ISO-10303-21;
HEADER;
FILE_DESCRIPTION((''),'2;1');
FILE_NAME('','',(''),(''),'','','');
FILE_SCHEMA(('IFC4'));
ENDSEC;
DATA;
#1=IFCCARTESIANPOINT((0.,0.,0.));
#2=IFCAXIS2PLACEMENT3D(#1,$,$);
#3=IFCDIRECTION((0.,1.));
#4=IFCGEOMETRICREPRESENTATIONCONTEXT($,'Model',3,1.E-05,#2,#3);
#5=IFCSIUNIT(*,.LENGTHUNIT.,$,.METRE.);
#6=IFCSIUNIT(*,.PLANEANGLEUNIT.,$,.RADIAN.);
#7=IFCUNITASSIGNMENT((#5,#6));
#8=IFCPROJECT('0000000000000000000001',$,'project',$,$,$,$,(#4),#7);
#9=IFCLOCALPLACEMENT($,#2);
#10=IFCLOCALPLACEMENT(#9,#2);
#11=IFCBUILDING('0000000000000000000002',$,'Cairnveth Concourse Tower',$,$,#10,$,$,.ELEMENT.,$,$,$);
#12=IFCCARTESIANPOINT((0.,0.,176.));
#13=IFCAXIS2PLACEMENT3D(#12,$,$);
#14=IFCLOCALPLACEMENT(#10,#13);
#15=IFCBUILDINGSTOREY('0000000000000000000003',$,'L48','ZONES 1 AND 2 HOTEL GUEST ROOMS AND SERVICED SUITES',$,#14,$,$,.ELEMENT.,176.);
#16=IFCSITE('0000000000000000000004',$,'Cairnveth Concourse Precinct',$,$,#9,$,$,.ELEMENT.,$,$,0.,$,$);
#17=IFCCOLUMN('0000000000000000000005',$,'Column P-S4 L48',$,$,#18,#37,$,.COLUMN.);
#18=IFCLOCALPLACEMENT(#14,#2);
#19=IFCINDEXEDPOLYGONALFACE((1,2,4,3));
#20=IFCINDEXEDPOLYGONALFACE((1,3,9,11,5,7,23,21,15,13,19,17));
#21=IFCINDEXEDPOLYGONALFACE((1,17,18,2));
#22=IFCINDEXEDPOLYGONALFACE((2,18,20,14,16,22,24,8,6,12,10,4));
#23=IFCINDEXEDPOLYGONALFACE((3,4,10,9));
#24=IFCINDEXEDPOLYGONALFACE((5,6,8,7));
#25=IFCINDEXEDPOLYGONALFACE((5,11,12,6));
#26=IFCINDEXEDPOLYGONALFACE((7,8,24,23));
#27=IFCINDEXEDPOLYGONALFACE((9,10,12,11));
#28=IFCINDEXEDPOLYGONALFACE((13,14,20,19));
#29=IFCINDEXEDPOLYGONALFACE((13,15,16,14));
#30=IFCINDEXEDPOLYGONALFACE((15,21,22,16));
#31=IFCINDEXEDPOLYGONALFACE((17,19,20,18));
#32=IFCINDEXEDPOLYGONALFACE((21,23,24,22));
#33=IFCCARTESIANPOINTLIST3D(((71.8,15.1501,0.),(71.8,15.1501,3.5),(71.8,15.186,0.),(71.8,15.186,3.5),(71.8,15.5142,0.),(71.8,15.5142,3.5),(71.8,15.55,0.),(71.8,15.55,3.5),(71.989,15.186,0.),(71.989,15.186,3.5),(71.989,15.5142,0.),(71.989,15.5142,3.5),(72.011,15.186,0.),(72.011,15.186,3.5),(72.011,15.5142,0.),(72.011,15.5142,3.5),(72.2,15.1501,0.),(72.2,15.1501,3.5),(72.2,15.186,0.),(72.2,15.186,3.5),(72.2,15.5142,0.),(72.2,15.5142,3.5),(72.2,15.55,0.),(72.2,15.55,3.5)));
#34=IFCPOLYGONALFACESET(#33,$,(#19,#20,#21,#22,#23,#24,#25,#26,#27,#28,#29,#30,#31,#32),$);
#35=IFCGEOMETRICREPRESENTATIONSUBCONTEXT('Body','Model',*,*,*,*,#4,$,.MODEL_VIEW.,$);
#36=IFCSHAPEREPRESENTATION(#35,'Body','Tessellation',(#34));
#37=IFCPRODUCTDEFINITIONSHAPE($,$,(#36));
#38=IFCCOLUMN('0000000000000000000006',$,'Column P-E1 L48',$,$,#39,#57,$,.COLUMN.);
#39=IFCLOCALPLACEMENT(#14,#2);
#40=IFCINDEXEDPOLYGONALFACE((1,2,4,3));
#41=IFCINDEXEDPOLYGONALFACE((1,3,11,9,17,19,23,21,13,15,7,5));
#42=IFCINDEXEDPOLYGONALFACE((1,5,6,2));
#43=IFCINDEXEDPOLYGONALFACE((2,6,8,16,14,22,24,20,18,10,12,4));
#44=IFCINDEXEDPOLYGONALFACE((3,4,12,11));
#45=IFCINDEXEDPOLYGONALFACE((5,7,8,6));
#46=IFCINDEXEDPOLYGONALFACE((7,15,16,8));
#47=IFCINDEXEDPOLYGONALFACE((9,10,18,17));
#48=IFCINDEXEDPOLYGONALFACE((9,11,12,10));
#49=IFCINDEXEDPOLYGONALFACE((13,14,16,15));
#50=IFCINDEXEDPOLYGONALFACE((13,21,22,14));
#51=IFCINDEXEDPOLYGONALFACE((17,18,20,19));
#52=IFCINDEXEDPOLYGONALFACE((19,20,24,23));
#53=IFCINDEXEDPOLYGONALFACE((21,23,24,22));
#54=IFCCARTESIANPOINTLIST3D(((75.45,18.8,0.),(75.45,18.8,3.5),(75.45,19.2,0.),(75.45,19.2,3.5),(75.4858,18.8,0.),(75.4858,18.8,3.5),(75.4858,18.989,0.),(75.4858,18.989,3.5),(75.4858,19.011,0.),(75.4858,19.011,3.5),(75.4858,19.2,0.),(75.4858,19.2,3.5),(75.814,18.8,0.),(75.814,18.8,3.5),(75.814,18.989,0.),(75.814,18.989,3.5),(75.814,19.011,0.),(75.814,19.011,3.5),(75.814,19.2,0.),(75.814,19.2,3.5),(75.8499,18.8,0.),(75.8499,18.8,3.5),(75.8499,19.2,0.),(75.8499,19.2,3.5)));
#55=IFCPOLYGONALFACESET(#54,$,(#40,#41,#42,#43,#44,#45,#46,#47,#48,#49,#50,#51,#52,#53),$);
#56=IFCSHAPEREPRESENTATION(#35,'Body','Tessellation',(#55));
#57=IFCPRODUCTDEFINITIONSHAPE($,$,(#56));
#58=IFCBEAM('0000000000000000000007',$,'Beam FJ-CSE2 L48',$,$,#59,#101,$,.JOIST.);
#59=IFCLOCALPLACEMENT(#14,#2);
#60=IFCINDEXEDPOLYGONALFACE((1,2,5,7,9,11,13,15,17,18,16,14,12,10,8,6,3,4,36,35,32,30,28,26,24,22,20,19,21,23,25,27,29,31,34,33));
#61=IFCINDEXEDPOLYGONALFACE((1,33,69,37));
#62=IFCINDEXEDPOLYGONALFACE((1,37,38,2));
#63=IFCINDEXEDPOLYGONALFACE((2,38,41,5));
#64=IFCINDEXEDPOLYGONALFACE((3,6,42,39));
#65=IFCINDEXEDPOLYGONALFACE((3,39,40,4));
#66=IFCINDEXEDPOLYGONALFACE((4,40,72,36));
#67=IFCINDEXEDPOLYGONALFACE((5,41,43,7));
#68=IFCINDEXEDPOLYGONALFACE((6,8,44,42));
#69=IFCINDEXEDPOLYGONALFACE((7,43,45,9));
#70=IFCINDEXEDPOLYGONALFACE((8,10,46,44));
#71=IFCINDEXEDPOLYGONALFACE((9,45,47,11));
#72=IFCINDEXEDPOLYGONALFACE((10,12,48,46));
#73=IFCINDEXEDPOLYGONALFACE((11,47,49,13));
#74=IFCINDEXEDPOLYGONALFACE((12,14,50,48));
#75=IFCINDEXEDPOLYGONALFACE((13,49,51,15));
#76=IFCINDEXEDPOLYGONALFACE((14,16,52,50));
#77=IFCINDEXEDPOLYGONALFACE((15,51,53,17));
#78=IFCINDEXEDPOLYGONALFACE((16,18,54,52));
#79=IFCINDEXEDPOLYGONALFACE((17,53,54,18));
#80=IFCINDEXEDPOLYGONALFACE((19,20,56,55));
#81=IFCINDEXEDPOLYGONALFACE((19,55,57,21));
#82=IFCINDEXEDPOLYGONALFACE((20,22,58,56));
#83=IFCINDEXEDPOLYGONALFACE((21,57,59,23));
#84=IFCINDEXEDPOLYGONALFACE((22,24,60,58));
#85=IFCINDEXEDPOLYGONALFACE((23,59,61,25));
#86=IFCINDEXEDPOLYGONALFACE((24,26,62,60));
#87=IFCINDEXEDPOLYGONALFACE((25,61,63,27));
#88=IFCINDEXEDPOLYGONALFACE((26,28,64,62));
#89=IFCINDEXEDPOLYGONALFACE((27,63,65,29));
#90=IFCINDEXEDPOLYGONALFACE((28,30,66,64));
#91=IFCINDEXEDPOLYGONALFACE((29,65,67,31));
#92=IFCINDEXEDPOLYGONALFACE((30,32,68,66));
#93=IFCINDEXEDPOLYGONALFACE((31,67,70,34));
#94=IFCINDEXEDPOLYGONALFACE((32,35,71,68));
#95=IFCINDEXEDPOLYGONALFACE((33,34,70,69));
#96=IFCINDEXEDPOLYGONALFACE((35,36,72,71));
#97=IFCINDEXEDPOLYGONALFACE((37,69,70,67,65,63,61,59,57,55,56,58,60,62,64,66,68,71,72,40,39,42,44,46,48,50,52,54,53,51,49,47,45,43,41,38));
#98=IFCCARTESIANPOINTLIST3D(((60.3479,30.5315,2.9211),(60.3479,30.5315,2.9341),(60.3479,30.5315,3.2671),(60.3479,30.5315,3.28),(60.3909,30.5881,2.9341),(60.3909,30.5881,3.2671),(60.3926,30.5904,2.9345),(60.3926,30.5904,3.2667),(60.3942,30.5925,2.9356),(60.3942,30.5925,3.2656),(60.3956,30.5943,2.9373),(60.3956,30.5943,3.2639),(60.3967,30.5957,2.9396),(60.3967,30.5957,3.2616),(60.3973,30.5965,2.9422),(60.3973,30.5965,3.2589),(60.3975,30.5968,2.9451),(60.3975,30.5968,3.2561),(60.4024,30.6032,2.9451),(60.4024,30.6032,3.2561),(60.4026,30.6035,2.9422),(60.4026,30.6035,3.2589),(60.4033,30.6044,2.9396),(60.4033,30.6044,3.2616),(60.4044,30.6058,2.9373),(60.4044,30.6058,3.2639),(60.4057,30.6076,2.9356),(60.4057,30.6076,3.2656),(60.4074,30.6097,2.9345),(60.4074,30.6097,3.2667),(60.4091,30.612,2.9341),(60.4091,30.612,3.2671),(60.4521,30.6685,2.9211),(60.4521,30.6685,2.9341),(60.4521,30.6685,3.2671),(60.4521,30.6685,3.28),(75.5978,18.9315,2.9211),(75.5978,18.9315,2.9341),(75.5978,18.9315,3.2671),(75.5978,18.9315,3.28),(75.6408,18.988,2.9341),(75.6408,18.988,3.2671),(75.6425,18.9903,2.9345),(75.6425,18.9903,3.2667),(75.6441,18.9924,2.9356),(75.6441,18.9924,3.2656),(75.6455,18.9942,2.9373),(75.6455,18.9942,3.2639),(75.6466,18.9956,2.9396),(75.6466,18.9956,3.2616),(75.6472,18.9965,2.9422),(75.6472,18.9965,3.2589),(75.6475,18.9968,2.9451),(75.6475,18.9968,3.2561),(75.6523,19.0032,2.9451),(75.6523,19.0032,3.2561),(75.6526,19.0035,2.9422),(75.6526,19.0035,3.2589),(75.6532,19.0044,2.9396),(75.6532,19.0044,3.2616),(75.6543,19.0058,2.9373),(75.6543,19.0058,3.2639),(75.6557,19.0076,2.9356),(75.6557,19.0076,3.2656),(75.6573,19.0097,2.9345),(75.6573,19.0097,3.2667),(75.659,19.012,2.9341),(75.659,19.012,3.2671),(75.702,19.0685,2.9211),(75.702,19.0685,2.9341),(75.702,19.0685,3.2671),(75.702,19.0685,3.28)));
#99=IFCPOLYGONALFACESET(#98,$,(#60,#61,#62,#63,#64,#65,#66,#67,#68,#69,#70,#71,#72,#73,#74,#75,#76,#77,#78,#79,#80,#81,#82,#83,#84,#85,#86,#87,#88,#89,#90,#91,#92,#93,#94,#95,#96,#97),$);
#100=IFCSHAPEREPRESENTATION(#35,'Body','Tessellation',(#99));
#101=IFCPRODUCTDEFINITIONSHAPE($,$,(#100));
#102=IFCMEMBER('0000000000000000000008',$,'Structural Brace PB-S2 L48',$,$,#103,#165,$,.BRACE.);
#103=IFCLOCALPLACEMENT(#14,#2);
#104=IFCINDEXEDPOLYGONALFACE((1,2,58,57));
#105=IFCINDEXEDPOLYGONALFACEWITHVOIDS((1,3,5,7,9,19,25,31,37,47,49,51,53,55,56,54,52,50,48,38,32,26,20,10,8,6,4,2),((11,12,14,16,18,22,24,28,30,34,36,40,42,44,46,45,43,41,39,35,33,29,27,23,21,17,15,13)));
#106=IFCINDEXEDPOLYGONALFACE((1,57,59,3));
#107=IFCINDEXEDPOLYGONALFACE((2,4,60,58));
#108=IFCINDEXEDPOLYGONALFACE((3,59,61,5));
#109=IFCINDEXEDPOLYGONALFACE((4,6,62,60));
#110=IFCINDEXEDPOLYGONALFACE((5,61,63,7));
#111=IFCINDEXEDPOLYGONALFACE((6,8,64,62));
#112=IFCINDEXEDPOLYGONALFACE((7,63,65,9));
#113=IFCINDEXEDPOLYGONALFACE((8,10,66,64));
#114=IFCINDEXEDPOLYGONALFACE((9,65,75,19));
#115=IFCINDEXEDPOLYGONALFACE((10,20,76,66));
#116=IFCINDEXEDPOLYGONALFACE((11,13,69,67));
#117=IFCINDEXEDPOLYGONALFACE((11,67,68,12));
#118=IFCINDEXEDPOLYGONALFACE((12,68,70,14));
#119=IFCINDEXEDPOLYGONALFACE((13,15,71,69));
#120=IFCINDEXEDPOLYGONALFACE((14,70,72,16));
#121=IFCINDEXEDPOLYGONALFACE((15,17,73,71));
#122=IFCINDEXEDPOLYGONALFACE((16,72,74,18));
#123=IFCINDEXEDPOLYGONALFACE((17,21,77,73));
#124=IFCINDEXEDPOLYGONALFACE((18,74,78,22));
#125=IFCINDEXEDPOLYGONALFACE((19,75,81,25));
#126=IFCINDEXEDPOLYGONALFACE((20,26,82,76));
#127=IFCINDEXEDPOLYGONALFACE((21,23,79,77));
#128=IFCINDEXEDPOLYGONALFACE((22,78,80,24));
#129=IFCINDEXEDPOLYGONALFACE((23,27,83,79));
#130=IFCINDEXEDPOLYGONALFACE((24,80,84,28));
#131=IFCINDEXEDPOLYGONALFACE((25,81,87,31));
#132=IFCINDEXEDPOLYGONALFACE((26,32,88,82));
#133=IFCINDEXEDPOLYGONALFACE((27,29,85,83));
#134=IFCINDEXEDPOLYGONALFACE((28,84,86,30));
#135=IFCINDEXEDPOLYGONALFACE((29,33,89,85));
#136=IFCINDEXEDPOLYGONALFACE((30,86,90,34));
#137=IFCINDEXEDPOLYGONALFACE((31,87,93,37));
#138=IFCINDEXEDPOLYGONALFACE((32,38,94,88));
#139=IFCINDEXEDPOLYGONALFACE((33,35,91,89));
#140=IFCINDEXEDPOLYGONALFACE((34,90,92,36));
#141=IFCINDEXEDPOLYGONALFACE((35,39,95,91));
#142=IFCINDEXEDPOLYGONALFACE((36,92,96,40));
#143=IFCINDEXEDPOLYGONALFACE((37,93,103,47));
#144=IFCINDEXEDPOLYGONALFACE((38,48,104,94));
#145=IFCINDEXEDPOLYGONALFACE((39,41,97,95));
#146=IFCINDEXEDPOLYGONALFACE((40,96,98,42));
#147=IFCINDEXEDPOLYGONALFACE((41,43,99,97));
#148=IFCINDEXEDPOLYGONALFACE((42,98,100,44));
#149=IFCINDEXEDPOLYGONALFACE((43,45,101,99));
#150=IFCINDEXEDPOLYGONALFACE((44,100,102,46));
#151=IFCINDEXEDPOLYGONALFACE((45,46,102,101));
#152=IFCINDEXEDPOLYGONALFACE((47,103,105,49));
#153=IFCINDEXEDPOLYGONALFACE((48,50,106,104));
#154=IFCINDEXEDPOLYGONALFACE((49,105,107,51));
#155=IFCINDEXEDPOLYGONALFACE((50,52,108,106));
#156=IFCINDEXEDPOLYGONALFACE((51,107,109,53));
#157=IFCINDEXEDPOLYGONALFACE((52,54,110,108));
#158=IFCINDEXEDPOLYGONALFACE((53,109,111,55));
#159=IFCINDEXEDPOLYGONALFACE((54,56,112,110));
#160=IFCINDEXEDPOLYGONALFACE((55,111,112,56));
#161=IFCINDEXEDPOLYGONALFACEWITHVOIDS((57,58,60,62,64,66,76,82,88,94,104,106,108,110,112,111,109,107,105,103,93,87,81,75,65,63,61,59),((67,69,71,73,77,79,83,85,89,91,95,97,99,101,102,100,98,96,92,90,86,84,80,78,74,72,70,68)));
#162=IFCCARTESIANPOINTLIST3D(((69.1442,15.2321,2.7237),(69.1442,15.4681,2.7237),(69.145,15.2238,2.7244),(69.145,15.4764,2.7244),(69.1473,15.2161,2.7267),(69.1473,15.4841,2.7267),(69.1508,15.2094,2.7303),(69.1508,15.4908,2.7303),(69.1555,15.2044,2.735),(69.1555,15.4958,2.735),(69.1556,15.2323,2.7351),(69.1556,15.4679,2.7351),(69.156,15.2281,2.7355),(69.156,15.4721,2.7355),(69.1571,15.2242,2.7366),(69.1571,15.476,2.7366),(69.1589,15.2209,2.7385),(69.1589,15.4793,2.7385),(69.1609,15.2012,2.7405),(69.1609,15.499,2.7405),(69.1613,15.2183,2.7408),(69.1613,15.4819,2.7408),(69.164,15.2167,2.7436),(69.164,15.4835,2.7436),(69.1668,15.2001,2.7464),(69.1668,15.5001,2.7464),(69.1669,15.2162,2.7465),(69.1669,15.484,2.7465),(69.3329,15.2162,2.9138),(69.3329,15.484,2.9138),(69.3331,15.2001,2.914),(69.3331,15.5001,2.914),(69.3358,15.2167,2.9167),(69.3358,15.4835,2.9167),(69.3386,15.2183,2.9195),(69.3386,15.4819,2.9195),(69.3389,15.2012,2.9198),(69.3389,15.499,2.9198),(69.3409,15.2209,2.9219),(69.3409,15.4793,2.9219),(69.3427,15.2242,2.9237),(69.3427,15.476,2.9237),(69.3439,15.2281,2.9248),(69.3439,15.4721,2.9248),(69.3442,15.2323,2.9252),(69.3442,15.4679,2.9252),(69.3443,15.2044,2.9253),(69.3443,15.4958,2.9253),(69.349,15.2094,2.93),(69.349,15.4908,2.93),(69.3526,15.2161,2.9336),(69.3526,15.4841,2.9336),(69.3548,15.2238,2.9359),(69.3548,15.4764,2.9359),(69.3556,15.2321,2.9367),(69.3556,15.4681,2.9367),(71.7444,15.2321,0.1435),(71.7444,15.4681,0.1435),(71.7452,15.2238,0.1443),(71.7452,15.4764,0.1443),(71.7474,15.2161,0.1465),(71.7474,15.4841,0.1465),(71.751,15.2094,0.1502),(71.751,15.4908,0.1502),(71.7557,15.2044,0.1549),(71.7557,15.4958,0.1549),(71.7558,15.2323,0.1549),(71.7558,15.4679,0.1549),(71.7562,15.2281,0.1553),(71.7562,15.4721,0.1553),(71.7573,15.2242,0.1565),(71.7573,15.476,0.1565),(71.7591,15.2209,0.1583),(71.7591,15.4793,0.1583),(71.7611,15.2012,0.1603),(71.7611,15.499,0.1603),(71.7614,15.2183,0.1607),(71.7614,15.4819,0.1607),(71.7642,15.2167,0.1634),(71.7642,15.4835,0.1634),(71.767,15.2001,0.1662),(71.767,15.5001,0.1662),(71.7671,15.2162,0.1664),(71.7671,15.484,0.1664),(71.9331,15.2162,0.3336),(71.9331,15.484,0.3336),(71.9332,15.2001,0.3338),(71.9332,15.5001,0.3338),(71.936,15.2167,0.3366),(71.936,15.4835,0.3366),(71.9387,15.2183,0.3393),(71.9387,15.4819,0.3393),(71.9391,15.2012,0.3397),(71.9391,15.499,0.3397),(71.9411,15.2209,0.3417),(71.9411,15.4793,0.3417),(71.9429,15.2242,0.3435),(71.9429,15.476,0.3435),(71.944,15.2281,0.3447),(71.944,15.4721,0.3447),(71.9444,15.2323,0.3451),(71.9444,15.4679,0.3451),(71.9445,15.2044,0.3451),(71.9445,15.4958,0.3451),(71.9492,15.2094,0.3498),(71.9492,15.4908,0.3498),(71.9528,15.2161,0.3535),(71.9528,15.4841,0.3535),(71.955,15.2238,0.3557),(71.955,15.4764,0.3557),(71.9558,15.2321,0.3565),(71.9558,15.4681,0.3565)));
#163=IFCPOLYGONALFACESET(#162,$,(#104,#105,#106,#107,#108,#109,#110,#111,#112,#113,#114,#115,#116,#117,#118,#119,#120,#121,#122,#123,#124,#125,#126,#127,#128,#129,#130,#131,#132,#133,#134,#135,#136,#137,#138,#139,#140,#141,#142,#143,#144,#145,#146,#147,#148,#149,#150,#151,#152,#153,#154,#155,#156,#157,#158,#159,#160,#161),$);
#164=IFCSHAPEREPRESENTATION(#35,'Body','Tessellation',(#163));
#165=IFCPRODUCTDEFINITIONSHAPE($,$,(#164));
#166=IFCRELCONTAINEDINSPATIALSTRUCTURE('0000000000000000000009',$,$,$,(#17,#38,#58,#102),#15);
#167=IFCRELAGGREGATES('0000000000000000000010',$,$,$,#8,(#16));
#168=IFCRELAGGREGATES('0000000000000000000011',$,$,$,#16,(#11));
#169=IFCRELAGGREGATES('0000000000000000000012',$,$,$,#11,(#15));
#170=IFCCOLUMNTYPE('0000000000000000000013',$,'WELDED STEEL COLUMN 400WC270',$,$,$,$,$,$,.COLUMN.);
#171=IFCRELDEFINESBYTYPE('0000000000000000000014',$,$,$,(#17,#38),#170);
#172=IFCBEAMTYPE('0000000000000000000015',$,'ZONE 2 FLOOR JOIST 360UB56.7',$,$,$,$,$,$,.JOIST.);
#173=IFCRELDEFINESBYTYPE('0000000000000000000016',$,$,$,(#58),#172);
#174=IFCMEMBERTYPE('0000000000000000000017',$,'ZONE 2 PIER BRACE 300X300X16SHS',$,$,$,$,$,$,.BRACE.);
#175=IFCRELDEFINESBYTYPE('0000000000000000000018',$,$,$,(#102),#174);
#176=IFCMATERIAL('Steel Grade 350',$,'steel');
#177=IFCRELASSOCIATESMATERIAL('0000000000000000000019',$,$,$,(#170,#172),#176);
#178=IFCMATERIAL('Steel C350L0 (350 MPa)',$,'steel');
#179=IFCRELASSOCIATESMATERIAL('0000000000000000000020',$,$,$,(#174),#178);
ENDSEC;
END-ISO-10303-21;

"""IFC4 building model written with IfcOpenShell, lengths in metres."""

from ifc_helpers import new_model, si_unit, direction, frame, origin, origin_2d, place, context, subcontext, project, spatial, hollow_rectangle, i_section, extrude, material, material_profile, profile_set, type_object, element, save


model = new_model("IFC4")

# Units and contexts
model_context = context("Model", 3, precision=1e-05, world=origin(), true_north=direction((0.0, 1.0)))
body_context = subcontext(model_context, "Body", "Model", "MODEL_VIEW")
ifc_project = project(units=[si_unit("LENGTHUNIT", "METRE"), si_unit("PLANEANGLEUNIT", "RADIAN")], contexts=[model_context])

# Site, building, storey
site_placement = place(None, origin())
site = spatial("IfcSite", under=ifc_project, at=site_placement, Name="Cairnveth Concourse Precinct", CompositionType="ELEMENT", RefElevation=0.0)
building_placement = place(site_placement, origin())
building = spatial("IfcBuilding", under=site, at=building_placement, Name="Cairnveth Concourse Tower", CompositionType="ELEMENT")
storey_placement = place(building_placement, frame((0.0, 0.0, 176.0)))
storey = spatial("IfcBuildingStorey", under=building, at=storey_placement, Name="L48", Description="ZONES 1 AND 2 HOTEL GUEST ROOMS AND SERVICED SUITES", CompositionType="ELEMENT", Elevation=176.0)

# Columns
ifc_material_1 = material(Name="Steel Grade 350", Category="steel")
ifc_material_profile_1 = material_profile(ifc_material_1, i_section(OverallWidth=0.3999, OverallDepth=0.3999, WebThickness=0.022, FlangeThickness=0.0359, at=origin_2d()), Name="400WC270")
ifc_profile_set_1 = profile_set([ifc_material_profile_1], Name="Steel Grade 350")
column_type = type_object("IfcColumnType", Name="WELDED STEEL COLUMN 400WC270", PredefinedType="COLUMN", material=ifc_profile_set_1)
for number, where, z_axis, x_axis, name in (
    (1, (72.0, 15.3501, 0.0), (0.0, 0.0, 1.0), (1.0, 0.0, 0.0), "Column P-S4 L48"),
    (2, (75.6499, 19.0, 0.0), (0.0, 0.0, 1.0), (0.0, 1.0, 0.0), "Column P-E1 L48"),
):
    element("IfcColumn", number, at=place(storey_placement, frame(where, z_axis=z_axis, x_axis=x_axis)), inside=storey, type_object=column_type, Name=name, PredefinedType="COLUMN", context=body_context, shape_type="SweptSolid", body=[
        extrude(i_section(OverallWidth=0.3999, OverallDepth=0.3999, WebThickness=0.022, FlangeThickness=0.0359, at=origin_2d()), origin(), (0.0, 0.0, 1.0), 3.5),
    ])

# Beam
ifc_material_profile_2 = material_profile(ifc_material_1, i_section(OverallWidth=0.1721, OverallDepth=0.3589, WebThickness=0.0081, FlangeThickness=0.0129, FilletRadius=0.011, at=origin_2d()), Name="360UB56.7")
ifc_profile_set_2 = profile_set([ifc_material_profile_2], Name="Steel Grade 350")
beam_type_1 = type_object("IfcBeamType", Name="ZONE 2 FLOOR JOIST 360UB56.7", PredefinedType="JOIST", material=ifc_profile_set_2)
beam_1_placement = place(storey_placement, frame((75.6499, 19.0, 3.1006), z_axis=(-0.795908, 0.605417, 0.0), x_axis=(-0.605417, -0.795908, 0.0)))
element("IfcBeam", 3, at=beam_1_placement, inside=storey, type_object=beam_type_1, Name="Beam FJ-CSE2 L48", PredefinedType="JOIST", context=body_context, shape_type="SweptSolid", body=[
    extrude(i_section(OverallWidth=0.1721, OverallDepth=0.3589, WebThickness=0.0081, FlangeThickness=0.0129, FilletRadius=0.011, at=origin_2d()), origin(), (0.0, 0.0, 1.0), 19.1604),
])

# Member
ifc_material_2 = material(Name="Steel C350L0 (350 MPa)", Category="steel")
ifc_material_profile_3 = material_profile(ifc_material_2, hollow_rectangle(XDim=0.3, YDim=0.3, WallThickness=0.0161, InnerFilletRadius=0.0161, OuterFilletRadius=0.032, at=origin_2d()), Name="300x300x16.0SHS")
ifc_profile_set_3 = profile_set([ifc_material_profile_3], Name="Steel C350L0 (350 MPa)")
member_type = type_object("IfcMemberType", Name="ZONE 2 PIER BRACE 300X300X16SHS", PredefinedType="BRACE", material=ifc_profile_set_3)
for number, where, z_axis, x_axis, name in (
    (4, (71.8501, 15.3501, 0.25), (-0.709834, 0.0, 0.704369), (0.0, -1.0, 0.0), "Structural Brace PB-S2 L48"),
):
    element("IfcMember", number, at=place(storey_placement, frame(where, z_axis=z_axis, x_axis=x_axis)), inside=storey, type_object=member_type, Name=name, PredefinedType="BRACE", context=body_context, shape_type="SweptSolid", body=[
        extrude(hollow_rectangle(XDim=0.3, YDim=0.3, WallThickness=0.0161, InnerFilletRadius=0.0161, OuterFilletRadius=0.032, at=origin_2d()), origin(), (0.0, 0.0, 1.0), 3.6631),
    ])

save(model, "model.ifc")
